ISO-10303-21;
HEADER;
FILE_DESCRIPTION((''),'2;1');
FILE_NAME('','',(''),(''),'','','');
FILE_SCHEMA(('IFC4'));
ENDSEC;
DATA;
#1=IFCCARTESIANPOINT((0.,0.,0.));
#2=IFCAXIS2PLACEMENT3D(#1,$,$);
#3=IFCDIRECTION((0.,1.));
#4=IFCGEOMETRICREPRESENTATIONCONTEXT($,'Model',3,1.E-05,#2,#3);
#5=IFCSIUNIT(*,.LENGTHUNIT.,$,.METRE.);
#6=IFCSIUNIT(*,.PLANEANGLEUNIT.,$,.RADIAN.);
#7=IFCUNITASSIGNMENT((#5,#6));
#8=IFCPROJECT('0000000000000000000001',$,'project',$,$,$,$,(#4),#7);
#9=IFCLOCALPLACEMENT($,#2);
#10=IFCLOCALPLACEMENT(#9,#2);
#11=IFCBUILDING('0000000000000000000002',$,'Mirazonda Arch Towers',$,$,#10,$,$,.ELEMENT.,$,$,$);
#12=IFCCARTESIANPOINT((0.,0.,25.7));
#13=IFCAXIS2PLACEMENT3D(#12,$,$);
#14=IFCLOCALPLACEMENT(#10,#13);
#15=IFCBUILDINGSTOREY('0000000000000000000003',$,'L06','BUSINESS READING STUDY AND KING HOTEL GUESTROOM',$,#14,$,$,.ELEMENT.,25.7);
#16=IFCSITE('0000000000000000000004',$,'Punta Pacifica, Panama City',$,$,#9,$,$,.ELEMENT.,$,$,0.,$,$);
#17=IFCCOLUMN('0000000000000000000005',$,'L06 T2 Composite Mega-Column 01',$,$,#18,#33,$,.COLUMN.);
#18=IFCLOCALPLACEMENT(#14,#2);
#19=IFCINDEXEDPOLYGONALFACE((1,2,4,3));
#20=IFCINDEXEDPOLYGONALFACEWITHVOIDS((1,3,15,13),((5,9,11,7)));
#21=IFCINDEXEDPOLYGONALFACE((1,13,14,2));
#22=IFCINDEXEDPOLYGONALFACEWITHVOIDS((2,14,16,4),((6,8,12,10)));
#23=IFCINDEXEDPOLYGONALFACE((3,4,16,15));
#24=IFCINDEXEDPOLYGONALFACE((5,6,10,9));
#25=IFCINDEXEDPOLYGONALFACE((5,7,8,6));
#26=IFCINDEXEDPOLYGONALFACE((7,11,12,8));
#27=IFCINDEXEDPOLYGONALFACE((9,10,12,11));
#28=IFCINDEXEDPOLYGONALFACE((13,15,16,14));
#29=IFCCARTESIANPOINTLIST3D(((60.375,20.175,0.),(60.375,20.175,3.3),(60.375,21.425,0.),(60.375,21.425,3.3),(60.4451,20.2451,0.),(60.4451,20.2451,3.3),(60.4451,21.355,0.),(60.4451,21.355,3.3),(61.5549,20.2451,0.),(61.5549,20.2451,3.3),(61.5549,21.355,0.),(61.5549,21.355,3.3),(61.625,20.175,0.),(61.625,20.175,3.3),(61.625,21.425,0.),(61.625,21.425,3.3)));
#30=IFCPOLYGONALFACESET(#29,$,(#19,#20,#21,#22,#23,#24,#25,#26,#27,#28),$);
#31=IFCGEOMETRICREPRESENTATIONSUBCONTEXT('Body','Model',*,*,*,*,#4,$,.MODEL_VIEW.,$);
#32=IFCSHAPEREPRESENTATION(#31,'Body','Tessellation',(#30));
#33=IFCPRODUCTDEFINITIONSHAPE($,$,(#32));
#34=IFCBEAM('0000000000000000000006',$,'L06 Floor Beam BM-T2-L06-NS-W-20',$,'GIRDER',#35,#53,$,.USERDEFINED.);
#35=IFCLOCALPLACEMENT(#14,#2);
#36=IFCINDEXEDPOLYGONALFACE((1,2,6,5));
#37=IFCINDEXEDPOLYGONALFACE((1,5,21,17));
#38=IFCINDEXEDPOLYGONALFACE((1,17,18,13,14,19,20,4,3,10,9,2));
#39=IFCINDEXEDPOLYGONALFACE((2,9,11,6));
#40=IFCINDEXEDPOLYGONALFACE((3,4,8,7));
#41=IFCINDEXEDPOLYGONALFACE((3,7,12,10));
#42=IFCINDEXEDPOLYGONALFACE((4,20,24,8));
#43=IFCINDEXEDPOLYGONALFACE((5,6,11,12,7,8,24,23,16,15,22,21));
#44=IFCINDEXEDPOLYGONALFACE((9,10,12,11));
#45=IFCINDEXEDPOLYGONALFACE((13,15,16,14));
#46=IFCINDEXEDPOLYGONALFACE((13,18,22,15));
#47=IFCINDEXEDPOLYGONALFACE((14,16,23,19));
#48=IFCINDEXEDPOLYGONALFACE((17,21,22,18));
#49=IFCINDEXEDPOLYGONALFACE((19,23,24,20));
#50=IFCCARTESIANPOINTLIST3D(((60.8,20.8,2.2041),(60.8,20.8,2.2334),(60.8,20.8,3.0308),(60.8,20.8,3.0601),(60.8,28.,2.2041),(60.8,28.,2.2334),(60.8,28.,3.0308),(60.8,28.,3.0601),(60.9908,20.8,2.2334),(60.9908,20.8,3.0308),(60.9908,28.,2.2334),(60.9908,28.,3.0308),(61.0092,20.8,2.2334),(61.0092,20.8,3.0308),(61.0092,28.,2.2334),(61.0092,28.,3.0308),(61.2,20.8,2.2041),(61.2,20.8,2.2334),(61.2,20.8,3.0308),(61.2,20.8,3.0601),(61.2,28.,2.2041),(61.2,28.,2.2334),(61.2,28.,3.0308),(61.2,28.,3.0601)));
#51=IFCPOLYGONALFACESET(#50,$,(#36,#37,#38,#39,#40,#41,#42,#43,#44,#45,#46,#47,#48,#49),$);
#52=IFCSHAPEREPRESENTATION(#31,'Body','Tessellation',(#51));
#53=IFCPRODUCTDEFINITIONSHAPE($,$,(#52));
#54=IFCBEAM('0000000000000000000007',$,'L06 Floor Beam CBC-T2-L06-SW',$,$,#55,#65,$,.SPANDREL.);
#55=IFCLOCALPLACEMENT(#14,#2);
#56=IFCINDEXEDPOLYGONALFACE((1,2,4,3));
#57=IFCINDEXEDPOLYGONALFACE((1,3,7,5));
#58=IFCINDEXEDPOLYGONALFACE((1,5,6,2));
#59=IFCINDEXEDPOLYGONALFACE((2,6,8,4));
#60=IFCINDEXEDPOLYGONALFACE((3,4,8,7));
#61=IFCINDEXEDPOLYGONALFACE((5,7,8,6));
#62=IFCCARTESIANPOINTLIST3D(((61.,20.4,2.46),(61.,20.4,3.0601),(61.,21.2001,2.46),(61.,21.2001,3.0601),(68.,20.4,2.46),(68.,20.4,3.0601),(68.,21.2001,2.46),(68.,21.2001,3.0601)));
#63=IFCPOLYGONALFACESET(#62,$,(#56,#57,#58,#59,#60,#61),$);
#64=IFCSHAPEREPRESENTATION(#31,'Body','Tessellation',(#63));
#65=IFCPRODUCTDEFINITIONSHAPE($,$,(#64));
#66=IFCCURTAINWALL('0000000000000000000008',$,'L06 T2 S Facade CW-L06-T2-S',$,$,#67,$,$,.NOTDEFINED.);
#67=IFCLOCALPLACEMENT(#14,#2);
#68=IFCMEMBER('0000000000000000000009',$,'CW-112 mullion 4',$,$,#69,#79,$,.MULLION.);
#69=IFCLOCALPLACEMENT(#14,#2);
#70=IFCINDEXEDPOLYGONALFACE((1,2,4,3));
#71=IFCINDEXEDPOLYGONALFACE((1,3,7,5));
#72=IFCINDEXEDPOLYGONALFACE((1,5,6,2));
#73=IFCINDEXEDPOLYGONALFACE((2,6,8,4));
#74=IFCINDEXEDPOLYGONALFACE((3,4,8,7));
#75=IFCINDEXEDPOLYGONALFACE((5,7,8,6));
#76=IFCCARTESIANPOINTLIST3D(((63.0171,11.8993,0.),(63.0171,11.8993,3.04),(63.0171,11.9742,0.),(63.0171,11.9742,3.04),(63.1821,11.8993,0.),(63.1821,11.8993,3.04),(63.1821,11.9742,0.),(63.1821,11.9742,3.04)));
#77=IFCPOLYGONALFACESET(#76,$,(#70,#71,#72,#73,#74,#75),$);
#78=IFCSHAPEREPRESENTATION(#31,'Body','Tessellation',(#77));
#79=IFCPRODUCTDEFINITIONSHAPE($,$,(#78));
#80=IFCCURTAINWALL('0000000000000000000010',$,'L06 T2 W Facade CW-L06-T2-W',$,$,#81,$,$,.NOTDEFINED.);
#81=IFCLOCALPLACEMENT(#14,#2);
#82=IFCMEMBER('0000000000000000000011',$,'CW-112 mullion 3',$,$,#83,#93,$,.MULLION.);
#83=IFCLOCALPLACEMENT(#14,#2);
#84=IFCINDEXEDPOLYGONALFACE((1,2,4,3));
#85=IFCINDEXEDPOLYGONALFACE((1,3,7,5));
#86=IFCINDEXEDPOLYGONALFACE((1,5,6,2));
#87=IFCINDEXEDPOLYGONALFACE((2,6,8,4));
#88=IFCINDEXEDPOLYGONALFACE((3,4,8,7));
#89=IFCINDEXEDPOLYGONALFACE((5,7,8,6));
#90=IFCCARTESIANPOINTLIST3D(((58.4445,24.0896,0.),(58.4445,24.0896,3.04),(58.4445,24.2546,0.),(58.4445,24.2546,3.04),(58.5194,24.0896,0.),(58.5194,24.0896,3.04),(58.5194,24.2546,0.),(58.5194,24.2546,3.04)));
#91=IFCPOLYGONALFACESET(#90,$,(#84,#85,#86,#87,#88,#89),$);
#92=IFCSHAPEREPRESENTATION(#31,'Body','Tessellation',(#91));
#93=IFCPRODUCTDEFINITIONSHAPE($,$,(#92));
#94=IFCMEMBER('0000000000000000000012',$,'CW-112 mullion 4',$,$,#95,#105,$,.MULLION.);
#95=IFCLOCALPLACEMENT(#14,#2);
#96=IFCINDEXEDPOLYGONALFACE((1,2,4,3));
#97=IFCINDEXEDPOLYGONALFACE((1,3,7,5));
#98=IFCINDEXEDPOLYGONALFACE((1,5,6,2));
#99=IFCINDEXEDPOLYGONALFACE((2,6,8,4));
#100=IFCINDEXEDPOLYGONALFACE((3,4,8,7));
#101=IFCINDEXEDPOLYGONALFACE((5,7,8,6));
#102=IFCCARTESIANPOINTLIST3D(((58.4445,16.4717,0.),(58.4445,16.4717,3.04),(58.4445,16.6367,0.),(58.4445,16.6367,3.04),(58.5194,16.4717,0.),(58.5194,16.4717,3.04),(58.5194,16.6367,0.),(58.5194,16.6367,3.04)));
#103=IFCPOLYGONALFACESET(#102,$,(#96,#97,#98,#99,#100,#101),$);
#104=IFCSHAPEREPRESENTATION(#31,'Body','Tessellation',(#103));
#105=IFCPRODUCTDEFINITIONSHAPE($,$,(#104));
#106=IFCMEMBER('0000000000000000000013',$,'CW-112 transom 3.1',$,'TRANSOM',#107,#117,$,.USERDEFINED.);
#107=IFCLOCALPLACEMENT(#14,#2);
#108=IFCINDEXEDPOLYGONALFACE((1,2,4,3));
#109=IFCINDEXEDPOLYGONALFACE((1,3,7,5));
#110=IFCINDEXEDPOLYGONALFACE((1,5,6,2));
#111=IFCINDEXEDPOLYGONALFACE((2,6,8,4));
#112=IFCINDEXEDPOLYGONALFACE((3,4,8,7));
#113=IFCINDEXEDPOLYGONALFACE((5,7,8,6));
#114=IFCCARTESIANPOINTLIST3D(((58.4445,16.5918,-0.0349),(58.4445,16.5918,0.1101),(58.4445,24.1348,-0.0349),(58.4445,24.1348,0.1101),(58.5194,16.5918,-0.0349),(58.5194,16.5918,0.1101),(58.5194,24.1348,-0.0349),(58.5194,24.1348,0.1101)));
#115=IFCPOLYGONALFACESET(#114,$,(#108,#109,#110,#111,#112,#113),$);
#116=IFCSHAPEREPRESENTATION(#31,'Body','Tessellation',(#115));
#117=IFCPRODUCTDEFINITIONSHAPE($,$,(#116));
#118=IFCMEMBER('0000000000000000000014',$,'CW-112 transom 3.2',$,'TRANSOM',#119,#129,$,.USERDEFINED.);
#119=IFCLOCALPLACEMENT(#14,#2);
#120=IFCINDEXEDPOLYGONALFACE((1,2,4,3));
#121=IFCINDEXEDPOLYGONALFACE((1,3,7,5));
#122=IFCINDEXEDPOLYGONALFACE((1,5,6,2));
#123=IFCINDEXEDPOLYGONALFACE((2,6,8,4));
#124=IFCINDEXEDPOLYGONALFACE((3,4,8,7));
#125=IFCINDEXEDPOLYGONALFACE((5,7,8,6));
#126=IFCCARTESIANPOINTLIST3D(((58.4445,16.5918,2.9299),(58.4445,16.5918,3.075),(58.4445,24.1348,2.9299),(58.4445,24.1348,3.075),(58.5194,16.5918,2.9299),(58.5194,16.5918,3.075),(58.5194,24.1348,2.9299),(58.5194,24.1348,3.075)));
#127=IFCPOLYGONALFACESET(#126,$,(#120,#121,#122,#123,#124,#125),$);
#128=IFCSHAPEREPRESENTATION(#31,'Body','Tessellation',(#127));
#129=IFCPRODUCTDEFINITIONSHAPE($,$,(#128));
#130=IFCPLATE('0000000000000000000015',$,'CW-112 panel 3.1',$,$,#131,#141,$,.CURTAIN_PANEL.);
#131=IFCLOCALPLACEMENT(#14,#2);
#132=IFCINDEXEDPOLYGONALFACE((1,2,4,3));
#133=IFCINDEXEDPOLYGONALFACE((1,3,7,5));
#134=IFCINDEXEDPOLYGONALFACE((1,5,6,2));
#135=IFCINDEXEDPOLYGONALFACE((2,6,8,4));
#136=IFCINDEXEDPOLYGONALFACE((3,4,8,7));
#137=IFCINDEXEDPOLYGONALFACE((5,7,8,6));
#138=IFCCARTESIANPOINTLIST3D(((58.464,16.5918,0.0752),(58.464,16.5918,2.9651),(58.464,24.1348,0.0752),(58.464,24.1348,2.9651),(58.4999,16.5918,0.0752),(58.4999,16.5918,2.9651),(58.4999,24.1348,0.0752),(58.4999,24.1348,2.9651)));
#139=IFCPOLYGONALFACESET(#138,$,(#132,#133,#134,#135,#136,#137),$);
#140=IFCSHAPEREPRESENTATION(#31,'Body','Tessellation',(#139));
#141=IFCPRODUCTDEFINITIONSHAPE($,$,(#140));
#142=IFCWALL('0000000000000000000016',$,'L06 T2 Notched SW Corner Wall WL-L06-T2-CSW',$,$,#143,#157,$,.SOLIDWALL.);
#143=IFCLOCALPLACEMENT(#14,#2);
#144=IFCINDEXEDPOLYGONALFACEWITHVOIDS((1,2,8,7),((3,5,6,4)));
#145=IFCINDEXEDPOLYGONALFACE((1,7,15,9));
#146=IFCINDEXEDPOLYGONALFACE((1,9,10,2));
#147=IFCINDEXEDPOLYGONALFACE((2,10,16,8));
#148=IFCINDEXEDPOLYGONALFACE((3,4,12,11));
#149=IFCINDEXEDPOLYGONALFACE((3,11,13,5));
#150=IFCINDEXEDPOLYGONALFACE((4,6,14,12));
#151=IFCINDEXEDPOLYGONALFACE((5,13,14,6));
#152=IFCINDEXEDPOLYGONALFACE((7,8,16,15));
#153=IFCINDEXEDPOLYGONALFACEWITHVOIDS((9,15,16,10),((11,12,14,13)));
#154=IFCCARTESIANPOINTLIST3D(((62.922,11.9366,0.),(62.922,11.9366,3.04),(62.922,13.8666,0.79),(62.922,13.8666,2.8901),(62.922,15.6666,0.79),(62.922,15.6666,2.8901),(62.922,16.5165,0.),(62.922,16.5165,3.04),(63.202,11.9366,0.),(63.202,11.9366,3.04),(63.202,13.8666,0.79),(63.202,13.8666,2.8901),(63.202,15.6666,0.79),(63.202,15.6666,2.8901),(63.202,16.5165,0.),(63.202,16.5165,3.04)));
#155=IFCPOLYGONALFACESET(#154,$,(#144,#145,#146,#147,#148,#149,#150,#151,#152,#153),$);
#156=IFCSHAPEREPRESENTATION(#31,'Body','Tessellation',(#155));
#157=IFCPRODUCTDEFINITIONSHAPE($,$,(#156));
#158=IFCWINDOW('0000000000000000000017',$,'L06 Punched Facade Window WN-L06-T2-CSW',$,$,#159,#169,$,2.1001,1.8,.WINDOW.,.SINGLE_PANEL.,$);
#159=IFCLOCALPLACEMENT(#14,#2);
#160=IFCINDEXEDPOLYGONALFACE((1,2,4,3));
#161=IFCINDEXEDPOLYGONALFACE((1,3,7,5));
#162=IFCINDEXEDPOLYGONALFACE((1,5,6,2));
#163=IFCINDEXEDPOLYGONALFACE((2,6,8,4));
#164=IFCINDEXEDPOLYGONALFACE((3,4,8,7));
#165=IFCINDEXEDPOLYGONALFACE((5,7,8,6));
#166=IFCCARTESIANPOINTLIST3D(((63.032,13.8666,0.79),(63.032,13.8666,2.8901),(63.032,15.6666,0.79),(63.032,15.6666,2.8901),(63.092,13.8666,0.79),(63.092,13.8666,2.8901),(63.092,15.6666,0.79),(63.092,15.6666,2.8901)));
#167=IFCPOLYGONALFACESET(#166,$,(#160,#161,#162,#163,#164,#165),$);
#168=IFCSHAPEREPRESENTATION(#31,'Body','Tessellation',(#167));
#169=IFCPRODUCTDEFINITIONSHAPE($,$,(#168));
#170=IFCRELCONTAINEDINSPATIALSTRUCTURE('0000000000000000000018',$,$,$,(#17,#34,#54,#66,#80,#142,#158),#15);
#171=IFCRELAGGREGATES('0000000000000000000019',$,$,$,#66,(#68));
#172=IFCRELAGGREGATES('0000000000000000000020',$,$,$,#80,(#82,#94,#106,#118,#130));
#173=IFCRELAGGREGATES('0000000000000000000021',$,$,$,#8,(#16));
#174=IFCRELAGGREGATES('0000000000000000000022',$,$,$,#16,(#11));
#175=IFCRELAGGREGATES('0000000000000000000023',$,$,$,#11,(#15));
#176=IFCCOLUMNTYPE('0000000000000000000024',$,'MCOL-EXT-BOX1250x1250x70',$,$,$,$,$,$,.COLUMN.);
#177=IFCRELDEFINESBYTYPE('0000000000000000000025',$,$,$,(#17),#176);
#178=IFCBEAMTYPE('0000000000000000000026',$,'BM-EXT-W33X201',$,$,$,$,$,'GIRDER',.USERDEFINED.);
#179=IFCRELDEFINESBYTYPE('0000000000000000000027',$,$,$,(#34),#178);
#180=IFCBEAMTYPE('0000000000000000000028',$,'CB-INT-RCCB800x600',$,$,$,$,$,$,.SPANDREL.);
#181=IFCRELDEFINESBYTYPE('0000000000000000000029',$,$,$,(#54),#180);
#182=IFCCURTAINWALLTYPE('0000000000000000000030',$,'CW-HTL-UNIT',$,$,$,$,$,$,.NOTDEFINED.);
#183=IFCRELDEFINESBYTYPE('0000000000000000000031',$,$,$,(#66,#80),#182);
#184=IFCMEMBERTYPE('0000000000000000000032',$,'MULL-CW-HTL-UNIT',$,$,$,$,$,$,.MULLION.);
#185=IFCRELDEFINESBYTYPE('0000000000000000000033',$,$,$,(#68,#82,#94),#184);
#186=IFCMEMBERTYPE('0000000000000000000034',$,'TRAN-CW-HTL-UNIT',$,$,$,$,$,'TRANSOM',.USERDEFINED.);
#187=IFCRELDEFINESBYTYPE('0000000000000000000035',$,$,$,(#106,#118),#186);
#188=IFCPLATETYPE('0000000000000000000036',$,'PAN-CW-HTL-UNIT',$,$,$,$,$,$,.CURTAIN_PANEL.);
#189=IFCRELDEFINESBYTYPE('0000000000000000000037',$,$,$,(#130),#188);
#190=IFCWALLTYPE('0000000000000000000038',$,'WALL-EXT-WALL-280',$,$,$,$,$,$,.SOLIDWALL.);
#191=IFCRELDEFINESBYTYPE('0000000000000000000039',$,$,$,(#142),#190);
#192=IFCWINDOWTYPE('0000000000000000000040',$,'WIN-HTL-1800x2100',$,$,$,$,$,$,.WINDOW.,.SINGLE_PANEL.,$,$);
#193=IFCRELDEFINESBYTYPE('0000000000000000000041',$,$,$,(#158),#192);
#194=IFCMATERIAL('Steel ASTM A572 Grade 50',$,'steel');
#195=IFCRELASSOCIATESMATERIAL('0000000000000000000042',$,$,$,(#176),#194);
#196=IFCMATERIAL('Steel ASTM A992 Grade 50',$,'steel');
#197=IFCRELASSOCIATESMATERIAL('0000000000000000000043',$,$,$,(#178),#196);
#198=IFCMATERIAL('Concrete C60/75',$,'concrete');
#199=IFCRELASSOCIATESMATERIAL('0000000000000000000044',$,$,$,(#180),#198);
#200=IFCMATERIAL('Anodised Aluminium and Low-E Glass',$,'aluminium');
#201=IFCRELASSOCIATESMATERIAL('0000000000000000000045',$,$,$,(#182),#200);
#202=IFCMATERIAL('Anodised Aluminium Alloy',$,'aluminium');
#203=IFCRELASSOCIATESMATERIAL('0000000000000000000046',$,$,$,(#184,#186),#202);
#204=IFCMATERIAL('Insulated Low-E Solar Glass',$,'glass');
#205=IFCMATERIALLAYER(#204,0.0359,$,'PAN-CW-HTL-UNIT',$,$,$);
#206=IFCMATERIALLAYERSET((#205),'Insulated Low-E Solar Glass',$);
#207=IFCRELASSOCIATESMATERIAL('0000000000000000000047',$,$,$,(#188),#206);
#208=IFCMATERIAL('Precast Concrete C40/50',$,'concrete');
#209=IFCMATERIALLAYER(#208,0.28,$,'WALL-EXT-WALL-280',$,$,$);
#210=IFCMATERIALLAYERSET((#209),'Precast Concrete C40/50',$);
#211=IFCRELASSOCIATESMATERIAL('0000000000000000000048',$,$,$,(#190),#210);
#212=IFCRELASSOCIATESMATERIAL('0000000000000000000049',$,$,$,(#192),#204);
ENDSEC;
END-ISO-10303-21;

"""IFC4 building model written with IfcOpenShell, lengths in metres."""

from ifc_helpers import new_model, si_unit, direction, frame, frame_2d, origin, origin_2d, place, context, subcontext, project, spatial, rectangle, hollow_rectangle, i_section, extrude, material, layer, layer_set, material_profile, profile_set, type_object, element, fill, aggregate, save


model = new_model("IFC4")

# Units and contexts
model_context = context("Model", 3, precision=1e-05, world=origin(), true_north=direction((0.0, 1.0)))
body_context = subcontext(model_context, "Body", "Model", "MODEL_VIEW")
ifc_project = project(units=[si_unit("LENGTHUNIT", "METRE"), si_unit("PLANEANGLEUNIT", "RADIAN")], contexts=[model_context])

# Site, building, storey
site_placement = place(None, origin())
site = spatial("IfcSite", under=ifc_project, at=site_placement, Name="Punta Pacifica, Panama City", CompositionType="ELEMENT", RefElevation=0.0)
building_placement = place(site_placement, origin())
building = spatial("IfcBuilding", under=site, at=building_placement, Name="Mirazonda Arch Towers", CompositionType="ELEMENT")
storey_placement = place(building_placement, frame((0.0, 0.0, 25.7)))
storey = spatial("IfcBuildingStorey", under=building, at=storey_placement, Name="L06", Description="BUSINESS READING STUDY AND KING HOTEL GUESTROOM", CompositionType="ELEMENT", Elevation=25.7)

# Column
ifc_material_1 = material(Name="Steel ASTM A572 Grade 50", Category="steel")
ifc_material_profile_1 = material_profile(ifc_material_1, hollow_rectangle(XDim=1.25, YDim=1.25, WallThickness=0.0701, at=origin_2d()), Name="BOX1250x1250x70")
ifc_profile_set_1 = profile_set([ifc_material_profile_1], Name="Steel ASTM A572 Grade 50")
column_type = type_object("IfcColumnType", Name="MCOL-EXT-BOX1250x1250x70", PredefinedType="COLUMN", material=ifc_profile_set_1)
column_placement = place(storey_placement, frame((61.0, 20.8, 0.0), z_axis=(0.0, 0.0, 1.0), x_axis=(1.0, 0.0, 0.0)))
element("IfcColumn", 1, at=column_placement, inside=storey, type_object=column_type, Name="L06 T2 Composite Mega-Column 01", PredefinedType="COLUMN", context=body_context, shape_type="SweptSolid", body=[
    extrude(hollow_rectangle(XDim=1.25, YDim=1.25, WallThickness=0.0701, at=origin_2d()), origin(), (0.0, 0.0, 1.0), 3.3),
])

# Beams
ifc_material_2 = material(Name="Steel ASTM A992 Grade 50", Category="steel")
ifc_material_profile_2 = material_profile(ifc_material_2, i_section(OverallWidth=0.3999, OverallDepth=0.856, WebThickness=0.0183, FlangeThickness=0.0293, at=origin_2d()), Name="W33X201")
ifc_profile_set_2 = profile_set([ifc_material_profile_2], Name="Steel ASTM A992 Grade 50")
beam_type_1 = type_object("IfcBeamType", Name="BM-EXT-W33X201", ElementType="GIRDER", PredefinedType="USERDEFINED", material=ifc_profile_set_2)
beam_1_placement = place(storey_placement, frame((61.0, 20.8, 2.6321), z_axis=(0.0, 1.0, 0.0), x_axis=(-1.0, 0.0, 0.0)))
element("IfcBeam", 2, at=beam_1_placement, inside=storey, type_object=beam_type_1, Name="L06 Floor Beam BM-T2-L06-NS-W-20", ObjectType="GIRDER", PredefinedType="USERDEFINED", context=body_context, shape_type="SweptSolid", body=[
    extrude(i_section(OverallWidth=0.3999, OverallDepth=0.856, WebThickness=0.0183, FlangeThickness=0.0293, at=origin_2d()), origin(), (0.0, 0.0, 1.0), 7.2),
])
ifc_material_3 = material(Name="Concrete C60/75", Category="concrete")
ifc_material_profile_3 = material_profile(ifc_material_3, rectangle(XDim=0.8, YDim=0.6001, at=origin_2d()), Name="RCCB800x600")
ifc_profile_set_3 = profile_set([ifc_material_profile_3], Name="Concrete C60/75")
beam_type_2 = type_object("IfcBeamType", Name="CB-INT-RCCB800x600", PredefinedType="SPANDREL", material=ifc_profile_set_3)
beam_2_placement = place(storey_placement, frame((61.0, 20.8, 2.76), z_axis=(1.0, 0.0, 0.0), x_axis=(0.0, 1.0, 0.0)))
element("IfcBeam", 3, at=beam_2_placement, inside=storey, type_object=beam_type_2, Name="L06 Floor Beam CBC-T2-L06-SW", PredefinedType="SPANDREL", context=body_context, shape_type="SweptSolid", body=[
    extrude(rectangle(XDim=0.8, YDim=0.6001, at=origin_2d()), origin(), (0.0, 0.0, 1.0), 7.0),
])

# Curtain wall, member
ifc_material_4 = material(Name="Anodised Aluminium and Low-E Glass", Category="aluminium")
curtain_wall_type = type_object("IfcCurtainWallType", Name="CW-HTL-UNIT", PredefinedType="NOTDEFINED", material=ifc_material_4)
curtain_wall_1_placement = place(storey_placement, origin())
curtain_wall_1 = element("IfcCurtainWall", 4, at=curtain_wall_1_placement, inside=storey, type_object=curtain_wall_type, Name="L06 T2 S Facade CW-L06-T2-S", PredefinedType="NOTDEFINED")
ifc_material_5 = material(Name="Anodised Aluminium Alloy", Category="aluminium")
ifc_material_profile_4 = material_profile(ifc_material_5, rectangle(XDim=0.075, YDim=0.165, at=origin_2d()), Name="ALU-MULL-75x165")
ifc_profile_set_4 = profile_set([ifc_material_profile_4], Name="Anodised Aluminium Alloy")
member_type_1 = type_object("IfcMemberType", Name="MULL-CW-HTL-UNIT", PredefinedType="MULLION", material=ifc_profile_set_4)
member_1_placement = place(storey_placement, frame((63.0996, 11.9368, 0.0), z_axis=(0.0, 0.0, 1.0), x_axis=(0.0, -1.0, 0.0)))
member_1 = element("IfcMember", 5, at=member_1_placement, type_object=member_type_1, Name="CW-112 mullion 4", PredefinedType="MULLION", context=body_context, shape_type="SweptSolid", body=[
    extrude(rectangle(XDim=0.075, YDim=0.165, at=origin_2d()), origin(), (0.0, 0.0, 1.0), 3.04),
])
aggregate(curtain_wall_1, [member_1])

# Curtain wall, members, plate
curtain_wall_2_placement = place(storey_placement, origin())
curtain_wall_2 = element("IfcCurtainWall", 6, at=curtain_wall_2_placement, inside=storey, type_object=curtain_wall_type, Name="L06 T2 W Facade CW-L06-T2-W", PredefinedType="NOTDEFINED")
member_2_placement = place(storey_placement, frame((58.4819, 24.1721, 0.0), z_axis=(0.0, 0.0, 1.0), x_axis=(1.0, 0.0, 0.0)))
member_2 = element("IfcMember", 7, at=member_2_placement, type_object=member_type_1, Name="CW-112 mullion 3", PredefinedType="MULLION", context=body_context, shape_type="SweptSolid", body=[
    extrude(rectangle(XDim=0.075, YDim=0.165, at=origin_2d()), origin(), (0.0, 0.0, 1.0), 3.04),
])
member_3_placement = place(storey_placement, frame((58.4819, 16.5542, 0.0), z_axis=(0.0, 0.0, 1.0), x_axis=(1.0, 0.0, 0.0)))
member_3 = element("IfcMember", 8, at=member_3_placement, type_object=member_type_1, Name="CW-112 mullion 4", PredefinedType="MULLION", context=body_context, shape_type="SweptSolid", body=[
    extrude(rectangle(XDim=0.075, YDim=0.165, at=origin_2d()), origin(), (0.0, 0.0, 1.0), 3.04),
])
ifc_material_profile_5 = material_profile(ifc_material_5, rectangle(XDim=0.075, YDim=0.145, at=origin_2d()), Name="ALU-TRAN-75x145")
ifc_profile_set_5 = profile_set([ifc_material_profile_5], Name="Anodised Aluminium Alloy")
member_type_2 = type_object("IfcMemberType", Name="TRAN-CW-HTL-UNIT", ElementType="TRANSOM", PredefinedType="USERDEFINED", material=ifc_profile_set_5)
member_4_placement = place(storey_placement, frame((58.4819, 24.1348, 0.0376), z_axis=(0.0, -1.0, 0.0), x_axis=(1.0, 0.0, 0.0)))
member_4 = element("IfcMember", 9, at=member_4_placement, type_object=member_type_2, Name="CW-112 transom 3.1", ObjectType="TRANSOM", PredefinedType="USERDEFINED", context=body_context, shape_type="SweptSolid", body=[
    extrude(rectangle(XDim=0.075, YDim=0.145, at=origin_2d()), origin(), (0.0, 0.0, 1.0), 7.543),
])
member_5_placement = place(storey_placement, frame((58.4819, 24.1348, 3.0024), z_axis=(0.0, -1.0, 0.0), x_axis=(1.0, 0.0, 0.0)))
member_5 = element("IfcMember", 10, at=member_5_placement, type_object=member_type_2, Name="CW-112 transom 3.2", ObjectType="TRANSOM", PredefinedType="USERDEFINED", context=body_context, shape_type="SweptSolid", body=[
    extrude(rectangle(XDim=0.075, YDim=0.145, at=origin_2d()), origin(), (0.0, 0.0, 1.0), 7.543),
])
ifc_material_6 = material(Name="Insulated Low-E Solar Glass", Category="glass")
ifc_layer_1 = layer(ifc_material_6, 0.0359, Name="PAN-CW-HTL-UNIT")
ifc_layer_set_1 = layer_set([ifc_layer_1], Name="Insulated Low-E Solar Glass")
plate_type = type_object("IfcPlateType", Name="PAN-CW-HTL-UNIT", PredefinedType="CURTAIN_PANEL", material=ifc_layer_set_1)
plate_placement = place(storey_placement, frame((58.4819, 20.3633, 0.0752), z_axis=(0.0, 0.0, 1.0), x_axis=(0.0, -1.0, 0.0)))
plate = element("IfcPlate", 11, at=plate_placement, type_object=plate_type, Name="CW-112 panel 3.1", PredefinedType="CURTAIN_PANEL", context=body_context, shape_type="SweptSolid", body=[
    extrude(rectangle(XDim=7.543, YDim=0.0359, at=origin_2d()), origin(), (0.0, 0.0, 1.0), 2.8899),
])
aggregate(curtain_wall_2, [member_2, member_3, member_4, member_5, plate])

# Wall, opening, window
ifc_material_7 = material(Name="Precast Concrete C40/50", Category="concrete")
ifc_layer_2 = layer(ifc_material_7, 0.28, Name="WALL-EXT-WALL-280")
ifc_layer_set_2 = layer_set([ifc_layer_2], Name="Precast Concrete C40/50")
wall_type_1 = type_object("IfcWallType", Name="WALL-EXT-WALL-280", PredefinedType="SOLIDWALL", material=ifc_layer_set_2)
wall_1_placement = place(storey_placement, frame((63.062, 16.5166, 0.0), z_axis=(0.0, 0.0, 1.0), x_axis=(0.0, -1.0, 0.0)))
wall_1 = element("IfcWall", 12, at=wall_1_placement, inside=storey, type_object=wall_type_1, Name="L06 T2 Notched SW Corner Wall WL-L06-T2-CSW", PredefinedType="SOLIDWALL", context=body_context, shape_type="SweptSolid", body=[
    extrude(rectangle(XDim=4.5798, YDim=0.28, at=frame_2d((2.29, 0.0))), origin(), (0.0, 0.0, 1.0), 3.04),
])
opening_1_placement = place(wall_1_placement, frame((0.8501, 0.0, 0.79)))
opening_1 = element("IfcOpeningElement", 13, at=opening_1_placement, cuts=wall_1, PredefinedType="OPENING", context=body_context, shape_type="SweptSolid", body=[
    extrude(rectangle(XDim=1.8, YDim=2.1001, at=frame_2d((0.8999, 1.05))), frame((0.0, 0.1499, 0.0), z_axis=(0.0, -1.0, 0.0), x_axis=(1.0, 0.0, 0.0)), (0.0, 0.0, 1.0), 0.3),
])
window_type_1 = type_object("IfcWindowType", Name="WIN-HTL-1800x2100", PartitioningType="SINGLE_PANEL", PredefinedType="WINDOW", material=ifc_material_6)
window_1_placement = place(opening_1_placement, origin())
window_1 = element("IfcWindow", 14, at=window_1_placement, inside=storey, type_object=window_type_1, Name="L06 Punched Facade Window WN-L06-T2-CSW", OverallHeight=2.1001, OverallWidth=1.8, PartitioningType="SINGLE_PANEL", PredefinedType="WINDOW", context=body_context, shape_type="SweptSolid", body=[
    extrude(rectangle(XDim=1.8, YDim=2.1001, at=frame_2d((0.8999, 1.05))), frame((0.0, 0.03, 0.0), z_axis=(0.0, -1.0, 0.0), x_axis=(1.0, 0.0, 0.0)), (0.0, 0.0, 1.0), 0.0601),
])
fill(opening_1, window_1)

save(model, "model.ifc")
